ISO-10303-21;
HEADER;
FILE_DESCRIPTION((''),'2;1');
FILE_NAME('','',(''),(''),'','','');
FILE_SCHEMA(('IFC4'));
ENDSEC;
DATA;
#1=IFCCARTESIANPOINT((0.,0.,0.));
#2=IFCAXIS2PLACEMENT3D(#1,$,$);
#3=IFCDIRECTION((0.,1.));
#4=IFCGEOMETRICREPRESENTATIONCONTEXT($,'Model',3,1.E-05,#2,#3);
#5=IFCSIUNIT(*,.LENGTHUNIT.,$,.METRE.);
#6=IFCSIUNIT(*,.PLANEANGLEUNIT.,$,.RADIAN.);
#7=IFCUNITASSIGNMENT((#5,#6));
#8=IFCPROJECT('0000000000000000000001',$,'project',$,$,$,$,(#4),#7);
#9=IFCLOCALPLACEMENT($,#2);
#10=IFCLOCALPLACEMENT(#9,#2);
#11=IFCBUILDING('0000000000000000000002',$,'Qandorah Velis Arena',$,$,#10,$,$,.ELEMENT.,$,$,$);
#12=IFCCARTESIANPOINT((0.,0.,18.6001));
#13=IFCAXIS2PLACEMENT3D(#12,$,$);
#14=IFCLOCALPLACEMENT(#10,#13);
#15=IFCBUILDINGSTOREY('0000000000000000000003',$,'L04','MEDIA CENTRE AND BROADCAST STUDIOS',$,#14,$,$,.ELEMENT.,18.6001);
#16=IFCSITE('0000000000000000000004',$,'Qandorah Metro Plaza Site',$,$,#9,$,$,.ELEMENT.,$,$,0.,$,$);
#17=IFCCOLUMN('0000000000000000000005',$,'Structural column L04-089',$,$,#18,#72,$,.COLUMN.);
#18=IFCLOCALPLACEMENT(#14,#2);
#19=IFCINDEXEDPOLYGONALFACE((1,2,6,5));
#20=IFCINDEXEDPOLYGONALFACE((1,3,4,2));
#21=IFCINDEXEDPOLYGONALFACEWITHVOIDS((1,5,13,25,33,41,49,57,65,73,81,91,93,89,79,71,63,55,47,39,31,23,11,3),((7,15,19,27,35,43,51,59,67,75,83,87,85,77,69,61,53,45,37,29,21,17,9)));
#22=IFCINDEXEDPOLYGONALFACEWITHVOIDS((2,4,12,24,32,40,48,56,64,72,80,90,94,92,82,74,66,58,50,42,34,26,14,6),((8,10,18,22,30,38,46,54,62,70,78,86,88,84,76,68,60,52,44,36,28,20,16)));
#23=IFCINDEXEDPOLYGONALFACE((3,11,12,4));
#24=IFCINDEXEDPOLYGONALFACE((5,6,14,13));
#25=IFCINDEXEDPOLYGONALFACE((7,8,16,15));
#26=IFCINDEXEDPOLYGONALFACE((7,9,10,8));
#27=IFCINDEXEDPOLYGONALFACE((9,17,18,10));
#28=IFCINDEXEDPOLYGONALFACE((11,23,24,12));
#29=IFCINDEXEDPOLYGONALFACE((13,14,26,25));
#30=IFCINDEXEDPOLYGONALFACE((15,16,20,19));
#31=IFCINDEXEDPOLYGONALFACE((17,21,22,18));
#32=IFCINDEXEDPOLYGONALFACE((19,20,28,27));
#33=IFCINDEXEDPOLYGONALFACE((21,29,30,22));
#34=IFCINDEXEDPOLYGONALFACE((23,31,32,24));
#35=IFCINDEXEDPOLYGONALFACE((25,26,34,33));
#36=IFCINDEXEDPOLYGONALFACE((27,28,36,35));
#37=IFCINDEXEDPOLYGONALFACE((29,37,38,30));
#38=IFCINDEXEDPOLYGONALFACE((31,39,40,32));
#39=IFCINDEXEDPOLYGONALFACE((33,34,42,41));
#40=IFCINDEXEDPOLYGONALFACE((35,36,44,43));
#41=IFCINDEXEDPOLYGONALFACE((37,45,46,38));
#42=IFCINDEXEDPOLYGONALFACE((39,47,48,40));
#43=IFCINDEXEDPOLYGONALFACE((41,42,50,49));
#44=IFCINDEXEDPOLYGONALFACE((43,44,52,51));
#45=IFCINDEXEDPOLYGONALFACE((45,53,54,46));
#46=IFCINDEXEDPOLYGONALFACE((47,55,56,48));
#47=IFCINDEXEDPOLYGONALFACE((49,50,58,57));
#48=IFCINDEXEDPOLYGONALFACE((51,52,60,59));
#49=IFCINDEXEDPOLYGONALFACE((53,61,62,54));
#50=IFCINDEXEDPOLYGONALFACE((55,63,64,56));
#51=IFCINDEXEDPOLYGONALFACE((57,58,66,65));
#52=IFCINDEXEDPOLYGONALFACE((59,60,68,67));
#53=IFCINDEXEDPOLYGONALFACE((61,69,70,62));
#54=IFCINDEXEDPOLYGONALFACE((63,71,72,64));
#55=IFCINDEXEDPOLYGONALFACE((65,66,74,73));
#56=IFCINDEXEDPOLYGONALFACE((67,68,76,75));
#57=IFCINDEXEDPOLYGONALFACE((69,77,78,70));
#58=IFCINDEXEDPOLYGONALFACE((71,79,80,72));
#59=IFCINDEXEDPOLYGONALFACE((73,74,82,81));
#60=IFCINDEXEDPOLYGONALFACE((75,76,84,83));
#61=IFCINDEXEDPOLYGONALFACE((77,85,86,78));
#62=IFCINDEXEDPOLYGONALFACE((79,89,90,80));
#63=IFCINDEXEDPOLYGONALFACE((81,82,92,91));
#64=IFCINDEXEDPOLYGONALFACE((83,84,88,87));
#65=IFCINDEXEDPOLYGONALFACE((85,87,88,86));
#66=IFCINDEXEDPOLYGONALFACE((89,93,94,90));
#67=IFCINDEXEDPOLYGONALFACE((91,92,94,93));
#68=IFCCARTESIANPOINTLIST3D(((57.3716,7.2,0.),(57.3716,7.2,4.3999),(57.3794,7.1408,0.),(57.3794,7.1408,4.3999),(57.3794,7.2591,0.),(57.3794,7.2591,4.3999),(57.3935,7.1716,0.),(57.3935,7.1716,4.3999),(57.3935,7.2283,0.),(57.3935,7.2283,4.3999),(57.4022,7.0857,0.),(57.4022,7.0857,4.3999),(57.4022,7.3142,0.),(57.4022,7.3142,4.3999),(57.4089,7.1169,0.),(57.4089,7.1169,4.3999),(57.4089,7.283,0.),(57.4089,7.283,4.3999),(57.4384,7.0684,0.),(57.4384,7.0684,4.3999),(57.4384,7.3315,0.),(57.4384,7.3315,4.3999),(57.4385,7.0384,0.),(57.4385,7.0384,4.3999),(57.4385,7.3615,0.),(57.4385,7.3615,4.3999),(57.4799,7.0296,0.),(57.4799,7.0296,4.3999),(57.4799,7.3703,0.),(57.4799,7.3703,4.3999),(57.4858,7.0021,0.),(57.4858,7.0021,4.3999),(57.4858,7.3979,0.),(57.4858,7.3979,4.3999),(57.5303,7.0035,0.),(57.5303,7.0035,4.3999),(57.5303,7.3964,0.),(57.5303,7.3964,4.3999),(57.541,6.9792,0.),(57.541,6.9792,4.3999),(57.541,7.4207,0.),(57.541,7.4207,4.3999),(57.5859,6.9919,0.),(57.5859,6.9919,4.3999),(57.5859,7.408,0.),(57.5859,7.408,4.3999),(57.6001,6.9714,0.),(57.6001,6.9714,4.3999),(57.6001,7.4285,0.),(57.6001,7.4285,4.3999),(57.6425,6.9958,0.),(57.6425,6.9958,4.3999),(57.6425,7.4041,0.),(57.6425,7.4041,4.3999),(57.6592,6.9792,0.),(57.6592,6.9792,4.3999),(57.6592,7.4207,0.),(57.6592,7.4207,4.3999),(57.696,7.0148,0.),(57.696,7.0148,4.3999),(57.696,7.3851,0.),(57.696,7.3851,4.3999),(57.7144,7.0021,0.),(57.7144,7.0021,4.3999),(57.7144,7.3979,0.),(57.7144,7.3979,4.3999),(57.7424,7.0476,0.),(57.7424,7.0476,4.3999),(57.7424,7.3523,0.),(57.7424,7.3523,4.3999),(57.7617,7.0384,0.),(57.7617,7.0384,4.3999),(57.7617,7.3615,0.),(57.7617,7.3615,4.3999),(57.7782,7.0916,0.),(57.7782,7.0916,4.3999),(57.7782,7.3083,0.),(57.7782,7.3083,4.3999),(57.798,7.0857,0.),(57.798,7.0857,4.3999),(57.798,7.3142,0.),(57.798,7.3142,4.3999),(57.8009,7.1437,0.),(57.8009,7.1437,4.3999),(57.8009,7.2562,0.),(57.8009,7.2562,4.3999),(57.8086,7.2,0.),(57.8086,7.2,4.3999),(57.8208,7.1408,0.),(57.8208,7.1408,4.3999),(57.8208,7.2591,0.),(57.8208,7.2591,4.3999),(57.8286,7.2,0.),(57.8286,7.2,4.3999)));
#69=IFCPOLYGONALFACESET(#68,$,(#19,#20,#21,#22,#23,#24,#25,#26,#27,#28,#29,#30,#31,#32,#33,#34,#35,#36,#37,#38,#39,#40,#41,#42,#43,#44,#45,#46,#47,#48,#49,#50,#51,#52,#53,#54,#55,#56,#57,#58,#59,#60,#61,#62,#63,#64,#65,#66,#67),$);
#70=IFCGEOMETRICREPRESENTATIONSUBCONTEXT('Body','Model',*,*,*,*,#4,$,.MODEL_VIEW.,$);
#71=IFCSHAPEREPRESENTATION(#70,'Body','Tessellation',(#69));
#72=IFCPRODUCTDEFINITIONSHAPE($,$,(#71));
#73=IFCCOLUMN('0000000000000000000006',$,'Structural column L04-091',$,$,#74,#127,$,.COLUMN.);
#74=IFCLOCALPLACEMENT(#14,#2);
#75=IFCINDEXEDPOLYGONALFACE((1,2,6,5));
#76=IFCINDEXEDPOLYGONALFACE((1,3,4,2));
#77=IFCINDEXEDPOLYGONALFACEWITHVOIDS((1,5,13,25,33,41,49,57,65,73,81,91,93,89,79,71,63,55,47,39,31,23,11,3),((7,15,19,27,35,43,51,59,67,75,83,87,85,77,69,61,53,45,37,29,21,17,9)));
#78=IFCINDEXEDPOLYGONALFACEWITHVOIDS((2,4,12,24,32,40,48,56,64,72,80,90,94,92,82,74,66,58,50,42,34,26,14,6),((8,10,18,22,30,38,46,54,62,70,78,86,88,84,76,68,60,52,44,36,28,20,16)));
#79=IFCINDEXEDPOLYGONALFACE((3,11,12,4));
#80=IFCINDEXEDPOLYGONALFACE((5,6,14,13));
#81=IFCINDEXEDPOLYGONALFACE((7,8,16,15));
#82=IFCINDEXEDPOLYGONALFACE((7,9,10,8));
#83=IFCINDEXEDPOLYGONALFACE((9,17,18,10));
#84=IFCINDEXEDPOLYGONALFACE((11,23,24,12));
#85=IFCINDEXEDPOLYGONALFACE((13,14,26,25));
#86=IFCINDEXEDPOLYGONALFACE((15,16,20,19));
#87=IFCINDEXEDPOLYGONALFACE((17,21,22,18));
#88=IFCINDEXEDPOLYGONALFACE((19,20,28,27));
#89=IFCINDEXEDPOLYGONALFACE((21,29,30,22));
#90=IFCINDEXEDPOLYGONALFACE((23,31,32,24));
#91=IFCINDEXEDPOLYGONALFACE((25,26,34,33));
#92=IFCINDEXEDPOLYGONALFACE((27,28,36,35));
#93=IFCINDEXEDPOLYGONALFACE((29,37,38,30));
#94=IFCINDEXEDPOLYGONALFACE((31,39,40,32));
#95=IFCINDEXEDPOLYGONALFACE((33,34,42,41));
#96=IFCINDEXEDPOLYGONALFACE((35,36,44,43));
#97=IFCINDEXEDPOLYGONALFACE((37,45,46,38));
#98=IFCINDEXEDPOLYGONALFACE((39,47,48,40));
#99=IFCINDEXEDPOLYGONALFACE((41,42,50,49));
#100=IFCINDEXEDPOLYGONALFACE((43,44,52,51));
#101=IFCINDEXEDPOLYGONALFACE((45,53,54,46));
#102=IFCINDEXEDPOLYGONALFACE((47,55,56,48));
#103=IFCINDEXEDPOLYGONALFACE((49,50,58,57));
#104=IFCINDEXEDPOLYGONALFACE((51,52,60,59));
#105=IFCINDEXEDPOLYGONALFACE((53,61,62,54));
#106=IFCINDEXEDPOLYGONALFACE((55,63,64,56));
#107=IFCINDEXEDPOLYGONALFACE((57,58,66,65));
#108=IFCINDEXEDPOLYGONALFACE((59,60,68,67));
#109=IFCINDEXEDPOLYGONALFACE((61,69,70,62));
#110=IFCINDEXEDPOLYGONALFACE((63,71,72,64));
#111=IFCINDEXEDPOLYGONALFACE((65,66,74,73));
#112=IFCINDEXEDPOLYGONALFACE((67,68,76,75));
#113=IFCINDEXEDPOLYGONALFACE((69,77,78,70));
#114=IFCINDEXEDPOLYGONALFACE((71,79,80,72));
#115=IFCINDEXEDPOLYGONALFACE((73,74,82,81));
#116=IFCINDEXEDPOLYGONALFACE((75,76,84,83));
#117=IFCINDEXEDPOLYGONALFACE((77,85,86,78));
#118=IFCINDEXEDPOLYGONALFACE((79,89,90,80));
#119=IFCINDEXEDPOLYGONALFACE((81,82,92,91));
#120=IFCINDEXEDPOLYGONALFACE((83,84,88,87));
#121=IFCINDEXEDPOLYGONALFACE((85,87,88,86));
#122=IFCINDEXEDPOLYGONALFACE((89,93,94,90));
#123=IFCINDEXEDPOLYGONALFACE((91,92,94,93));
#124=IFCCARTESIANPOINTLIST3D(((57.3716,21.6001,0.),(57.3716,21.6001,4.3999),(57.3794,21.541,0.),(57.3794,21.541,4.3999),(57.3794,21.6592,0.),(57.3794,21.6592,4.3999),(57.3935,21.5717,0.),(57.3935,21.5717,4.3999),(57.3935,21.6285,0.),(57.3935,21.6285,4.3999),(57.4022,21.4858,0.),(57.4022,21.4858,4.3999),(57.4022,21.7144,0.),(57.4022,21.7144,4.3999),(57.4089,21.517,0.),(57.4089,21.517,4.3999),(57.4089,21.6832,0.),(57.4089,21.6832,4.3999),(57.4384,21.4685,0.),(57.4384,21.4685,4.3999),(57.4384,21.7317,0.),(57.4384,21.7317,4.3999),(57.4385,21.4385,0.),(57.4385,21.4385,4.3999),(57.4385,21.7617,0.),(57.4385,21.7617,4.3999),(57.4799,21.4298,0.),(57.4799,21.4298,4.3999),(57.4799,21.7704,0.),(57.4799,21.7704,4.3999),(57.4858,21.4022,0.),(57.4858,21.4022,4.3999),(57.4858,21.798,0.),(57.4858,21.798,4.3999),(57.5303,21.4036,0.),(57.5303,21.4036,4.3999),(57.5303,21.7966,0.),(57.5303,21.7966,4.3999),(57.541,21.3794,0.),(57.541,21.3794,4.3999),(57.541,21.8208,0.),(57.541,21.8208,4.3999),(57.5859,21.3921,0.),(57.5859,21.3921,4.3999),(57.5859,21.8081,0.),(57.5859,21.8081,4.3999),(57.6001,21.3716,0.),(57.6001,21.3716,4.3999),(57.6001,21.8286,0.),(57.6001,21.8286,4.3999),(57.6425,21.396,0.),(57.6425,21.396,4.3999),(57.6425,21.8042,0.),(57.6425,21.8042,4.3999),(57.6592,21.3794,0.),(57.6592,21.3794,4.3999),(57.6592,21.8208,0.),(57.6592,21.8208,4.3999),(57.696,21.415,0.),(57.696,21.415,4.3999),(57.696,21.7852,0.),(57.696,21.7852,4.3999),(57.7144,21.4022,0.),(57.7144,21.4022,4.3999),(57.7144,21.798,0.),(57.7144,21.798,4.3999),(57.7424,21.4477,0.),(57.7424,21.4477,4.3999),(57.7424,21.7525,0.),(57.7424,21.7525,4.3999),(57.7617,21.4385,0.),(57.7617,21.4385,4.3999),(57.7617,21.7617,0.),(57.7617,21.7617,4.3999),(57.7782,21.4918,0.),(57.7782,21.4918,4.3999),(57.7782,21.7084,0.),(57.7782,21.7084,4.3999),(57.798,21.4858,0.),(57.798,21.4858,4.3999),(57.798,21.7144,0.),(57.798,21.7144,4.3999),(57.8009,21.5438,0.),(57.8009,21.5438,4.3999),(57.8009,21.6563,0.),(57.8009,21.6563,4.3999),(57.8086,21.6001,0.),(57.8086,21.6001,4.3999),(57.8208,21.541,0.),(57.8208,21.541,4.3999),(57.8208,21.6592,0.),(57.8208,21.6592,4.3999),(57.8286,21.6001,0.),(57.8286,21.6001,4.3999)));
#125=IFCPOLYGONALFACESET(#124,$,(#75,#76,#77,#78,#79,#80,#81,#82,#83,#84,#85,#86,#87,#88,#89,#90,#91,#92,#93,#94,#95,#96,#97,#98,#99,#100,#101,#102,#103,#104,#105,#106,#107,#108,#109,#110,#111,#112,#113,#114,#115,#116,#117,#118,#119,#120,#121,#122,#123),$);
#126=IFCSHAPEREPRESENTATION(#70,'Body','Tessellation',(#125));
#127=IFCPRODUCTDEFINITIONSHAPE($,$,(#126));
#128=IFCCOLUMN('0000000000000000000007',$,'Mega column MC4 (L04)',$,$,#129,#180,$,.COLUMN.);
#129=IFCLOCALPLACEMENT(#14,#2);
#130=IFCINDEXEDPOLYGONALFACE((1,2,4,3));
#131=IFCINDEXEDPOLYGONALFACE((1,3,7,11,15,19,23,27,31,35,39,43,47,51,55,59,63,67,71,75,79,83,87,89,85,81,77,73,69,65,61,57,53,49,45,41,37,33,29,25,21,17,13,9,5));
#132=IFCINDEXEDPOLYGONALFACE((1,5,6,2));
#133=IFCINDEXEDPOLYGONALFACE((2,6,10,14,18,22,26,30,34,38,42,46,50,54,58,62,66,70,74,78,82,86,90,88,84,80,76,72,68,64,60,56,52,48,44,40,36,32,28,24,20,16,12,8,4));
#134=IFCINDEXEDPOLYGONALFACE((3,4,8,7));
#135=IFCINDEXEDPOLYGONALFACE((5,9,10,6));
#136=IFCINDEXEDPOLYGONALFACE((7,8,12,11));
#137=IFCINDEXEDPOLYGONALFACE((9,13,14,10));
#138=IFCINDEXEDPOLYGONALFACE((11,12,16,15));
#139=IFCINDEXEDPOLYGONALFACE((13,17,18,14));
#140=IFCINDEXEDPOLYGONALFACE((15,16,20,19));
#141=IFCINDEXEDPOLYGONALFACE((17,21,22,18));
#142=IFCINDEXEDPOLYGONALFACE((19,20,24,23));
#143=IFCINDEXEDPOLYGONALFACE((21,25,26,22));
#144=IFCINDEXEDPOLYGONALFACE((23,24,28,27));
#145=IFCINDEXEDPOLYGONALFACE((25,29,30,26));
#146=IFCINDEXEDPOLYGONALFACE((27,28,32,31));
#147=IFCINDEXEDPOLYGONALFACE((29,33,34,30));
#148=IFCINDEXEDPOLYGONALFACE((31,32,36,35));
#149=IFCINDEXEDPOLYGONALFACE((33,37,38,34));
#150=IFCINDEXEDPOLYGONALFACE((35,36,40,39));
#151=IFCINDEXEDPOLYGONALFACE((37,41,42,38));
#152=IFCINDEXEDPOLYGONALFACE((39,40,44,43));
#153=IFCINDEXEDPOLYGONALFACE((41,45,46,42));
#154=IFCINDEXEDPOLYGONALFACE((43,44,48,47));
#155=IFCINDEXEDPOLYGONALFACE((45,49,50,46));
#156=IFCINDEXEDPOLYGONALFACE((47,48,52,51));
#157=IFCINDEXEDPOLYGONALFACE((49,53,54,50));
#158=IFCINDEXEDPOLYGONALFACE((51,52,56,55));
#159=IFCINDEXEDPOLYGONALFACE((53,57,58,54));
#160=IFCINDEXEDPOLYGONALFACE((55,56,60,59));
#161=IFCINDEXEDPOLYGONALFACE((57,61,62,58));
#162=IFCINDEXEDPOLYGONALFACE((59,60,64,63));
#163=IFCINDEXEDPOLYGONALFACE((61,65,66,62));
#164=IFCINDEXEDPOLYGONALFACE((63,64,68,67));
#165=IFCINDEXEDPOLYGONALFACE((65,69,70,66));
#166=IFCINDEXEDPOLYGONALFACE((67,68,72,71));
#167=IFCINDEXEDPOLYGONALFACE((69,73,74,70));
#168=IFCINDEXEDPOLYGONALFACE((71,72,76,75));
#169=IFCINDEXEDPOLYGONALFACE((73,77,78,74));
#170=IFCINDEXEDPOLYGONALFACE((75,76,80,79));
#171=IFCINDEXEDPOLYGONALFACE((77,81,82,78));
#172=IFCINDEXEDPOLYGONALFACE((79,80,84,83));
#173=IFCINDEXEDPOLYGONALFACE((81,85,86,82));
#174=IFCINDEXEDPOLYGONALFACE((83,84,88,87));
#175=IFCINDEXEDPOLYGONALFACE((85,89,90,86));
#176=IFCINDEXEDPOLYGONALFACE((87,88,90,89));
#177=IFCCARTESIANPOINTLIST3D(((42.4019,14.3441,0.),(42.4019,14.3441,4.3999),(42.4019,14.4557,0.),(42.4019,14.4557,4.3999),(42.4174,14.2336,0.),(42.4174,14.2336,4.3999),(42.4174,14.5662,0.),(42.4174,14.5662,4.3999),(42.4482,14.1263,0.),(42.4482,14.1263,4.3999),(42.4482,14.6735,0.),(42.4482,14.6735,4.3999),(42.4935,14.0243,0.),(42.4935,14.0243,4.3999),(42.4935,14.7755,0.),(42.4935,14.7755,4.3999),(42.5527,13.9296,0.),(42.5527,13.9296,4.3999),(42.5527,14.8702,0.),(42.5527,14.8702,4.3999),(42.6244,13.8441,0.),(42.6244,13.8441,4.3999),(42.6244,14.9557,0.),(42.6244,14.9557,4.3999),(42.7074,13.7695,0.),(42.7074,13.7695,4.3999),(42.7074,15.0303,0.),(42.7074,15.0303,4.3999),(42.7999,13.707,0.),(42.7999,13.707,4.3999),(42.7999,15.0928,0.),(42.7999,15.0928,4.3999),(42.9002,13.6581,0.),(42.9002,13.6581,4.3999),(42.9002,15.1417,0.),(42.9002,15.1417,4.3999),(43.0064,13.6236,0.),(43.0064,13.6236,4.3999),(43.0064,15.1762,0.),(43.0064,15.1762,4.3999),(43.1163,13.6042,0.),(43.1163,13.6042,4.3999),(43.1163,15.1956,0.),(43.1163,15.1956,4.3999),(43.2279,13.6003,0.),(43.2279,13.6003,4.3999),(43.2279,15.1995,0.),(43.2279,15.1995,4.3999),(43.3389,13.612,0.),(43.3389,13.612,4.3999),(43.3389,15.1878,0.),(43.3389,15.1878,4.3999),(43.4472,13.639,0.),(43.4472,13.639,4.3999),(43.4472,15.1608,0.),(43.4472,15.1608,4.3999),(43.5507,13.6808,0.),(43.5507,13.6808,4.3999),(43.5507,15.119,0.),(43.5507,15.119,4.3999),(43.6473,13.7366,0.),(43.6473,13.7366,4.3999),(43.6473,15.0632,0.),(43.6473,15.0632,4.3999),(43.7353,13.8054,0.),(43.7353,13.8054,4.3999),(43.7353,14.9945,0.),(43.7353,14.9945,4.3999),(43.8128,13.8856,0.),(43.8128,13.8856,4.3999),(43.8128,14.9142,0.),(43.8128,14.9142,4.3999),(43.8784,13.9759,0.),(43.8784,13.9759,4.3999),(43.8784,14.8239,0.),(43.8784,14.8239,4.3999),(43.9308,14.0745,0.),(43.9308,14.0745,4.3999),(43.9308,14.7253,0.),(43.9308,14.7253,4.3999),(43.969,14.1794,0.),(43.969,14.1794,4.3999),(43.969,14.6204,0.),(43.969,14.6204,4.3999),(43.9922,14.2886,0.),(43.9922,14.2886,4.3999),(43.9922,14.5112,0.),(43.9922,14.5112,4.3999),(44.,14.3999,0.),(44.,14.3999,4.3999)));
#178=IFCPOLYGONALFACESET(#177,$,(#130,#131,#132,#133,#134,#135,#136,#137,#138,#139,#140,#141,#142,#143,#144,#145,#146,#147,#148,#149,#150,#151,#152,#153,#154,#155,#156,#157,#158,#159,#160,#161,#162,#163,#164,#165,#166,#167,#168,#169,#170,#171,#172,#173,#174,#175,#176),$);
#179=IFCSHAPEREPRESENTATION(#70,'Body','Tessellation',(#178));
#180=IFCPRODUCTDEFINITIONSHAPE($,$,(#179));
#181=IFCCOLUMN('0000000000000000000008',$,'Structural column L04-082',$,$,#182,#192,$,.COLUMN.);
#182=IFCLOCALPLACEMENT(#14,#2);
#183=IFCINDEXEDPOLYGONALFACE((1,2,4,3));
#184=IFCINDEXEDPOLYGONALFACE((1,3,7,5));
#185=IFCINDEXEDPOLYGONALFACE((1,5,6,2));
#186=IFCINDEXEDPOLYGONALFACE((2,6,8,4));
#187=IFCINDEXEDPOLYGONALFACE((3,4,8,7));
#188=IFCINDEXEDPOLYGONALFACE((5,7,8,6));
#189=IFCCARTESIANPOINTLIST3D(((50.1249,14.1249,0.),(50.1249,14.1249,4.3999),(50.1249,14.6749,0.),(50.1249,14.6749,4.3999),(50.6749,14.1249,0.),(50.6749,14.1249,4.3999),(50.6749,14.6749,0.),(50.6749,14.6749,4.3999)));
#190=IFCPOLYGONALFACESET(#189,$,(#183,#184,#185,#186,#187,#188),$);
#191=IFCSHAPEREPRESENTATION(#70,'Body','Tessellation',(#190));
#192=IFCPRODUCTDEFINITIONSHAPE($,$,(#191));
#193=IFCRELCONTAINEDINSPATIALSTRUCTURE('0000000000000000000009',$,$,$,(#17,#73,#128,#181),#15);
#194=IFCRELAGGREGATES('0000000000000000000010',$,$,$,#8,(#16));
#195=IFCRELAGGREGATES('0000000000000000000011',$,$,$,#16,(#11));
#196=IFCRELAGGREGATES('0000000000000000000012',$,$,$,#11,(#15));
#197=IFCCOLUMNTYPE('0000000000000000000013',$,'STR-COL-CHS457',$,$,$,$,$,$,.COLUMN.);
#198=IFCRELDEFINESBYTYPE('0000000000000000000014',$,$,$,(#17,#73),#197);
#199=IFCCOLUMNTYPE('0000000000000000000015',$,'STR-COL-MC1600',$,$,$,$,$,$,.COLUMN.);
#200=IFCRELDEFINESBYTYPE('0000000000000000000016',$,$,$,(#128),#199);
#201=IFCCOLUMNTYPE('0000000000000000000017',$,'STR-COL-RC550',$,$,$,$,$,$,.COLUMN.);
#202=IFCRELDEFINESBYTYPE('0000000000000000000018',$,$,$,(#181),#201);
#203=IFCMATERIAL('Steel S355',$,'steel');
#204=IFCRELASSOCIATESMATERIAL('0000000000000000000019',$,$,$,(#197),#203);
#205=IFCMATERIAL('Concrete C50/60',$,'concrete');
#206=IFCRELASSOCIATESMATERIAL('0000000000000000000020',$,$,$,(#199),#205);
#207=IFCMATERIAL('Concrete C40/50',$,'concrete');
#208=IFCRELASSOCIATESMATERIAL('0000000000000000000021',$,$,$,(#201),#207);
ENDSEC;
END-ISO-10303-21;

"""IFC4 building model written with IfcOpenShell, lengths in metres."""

from ifc_helpers import new_model, si_unit, direction, frame, origin, origin_2d, place, context, subcontext, project, spatial, rectangle, circle, hollow_circle, extrude, material, material_profile, profile_set, type_object, element, save


model = new_model("IFC4")

# Units and contexts
model_context = context("Model", 3, precision=1e-05, world=origin(), true_north=direction((0.0, 1.0)))
body_context = subcontext(model_context, "Body", "Model", "MODEL_VIEW")
ifc_project = project(units=[si_unit("LENGTHUNIT", "METRE"), si_unit("PLANEANGLEUNIT", "RADIAN")], contexts=[model_context])

# Site, building, storey
site_placement = place(None, origin())
site = spatial("IfcSite", under=ifc_project, at=site_placement, Name="Qandorah Metro Plaza Site", CompositionType="ELEMENT", RefElevation=0.0)
building_placement = place(site_placement, origin())
building = spatial("IfcBuilding", under=site, at=building_placement, Name="Qandorah Velis Arena", CompositionType="ELEMENT")
storey_placement = place(building_placement, frame((0.0, 0.0, 18.6001)))
storey = spatial("IfcBuildingStorey", under=building, at=storey_placement, Name="L04", Description="MEDIA CENTRE AND BROADCAST STUDIOS", CompositionType="ELEMENT", Elevation=18.6001)

# Columns
ifc_material_1 = material(Name="Steel S355", Category="steel")
ifc_material_profile_1 = material_profile(ifc_material_1, hollow_circle(Radius=0.2285, WallThickness=0.02, at=origin_2d()), Name="CHS 457x20")
ifc_profile_set_1 = profile_set([ifc_material_profile_1], Name="Steel S355")
column_type_1 = type_object("IfcColumnType", Name="STR-COL-CHS457", PredefinedType="COLUMN", material=ifc_profile_set_1)
for number, where, z_axis, x_axis, name in (
    (1, (57.6001, 7.2, 0.0), (0.0, 0.0, 1.0), (1.0, 0.0, 0.0), "Structural column L04-089"),
    (2, (57.6001, 21.6001, 0.0), (0.0, 0.0, 1.0), (1.0, 0.0, 0.0), "Structural column L04-091"),
):
    element("IfcColumn", number, at=place(storey_placement, frame(where, z_axis=z_axis, x_axis=x_axis)), inside=storey, type_object=column_type_1, Name=name, PredefinedType="COLUMN", context=body_context, shape_type="SweptSolid", body=[
        extrude(hollow_circle(Radius=0.2285, WallThickness=0.02, at=origin_2d()), origin(), (0.0, 0.0, 1.0), 4.3999),
    ])
ifc_material_2 = material(Name="Concrete C50/60", Category="concrete")
ifc_material_profile_2 = material_profile(ifc_material_2, circle(Radius=0.8, at=origin_2d()), Name="MC D1600")
ifc_profile_set_2 = profile_set([ifc_material_profile_2], Name="Concrete C50/60")
column_type_2 = type_object("IfcColumnType", Name="STR-COL-MC1600", PredefinedType="COLUMN", material=ifc_profile_set_2)
column_1_placement = place(storey_placement, frame((43.2, 14.3999, 0.0), z_axis=(0.0, 0.0, 1.0), x_axis=(1.0, 0.0, 0.0)))
element("IfcColumn", 3, at=column_1_placement, inside=storey, type_object=column_type_2, Name="Mega column MC4 (L04)", PredefinedType="COLUMN", context=body_context, shape_type="SweptSolid", body=[
    extrude(circle(Radius=0.8, at=origin_2d()), origin(), (0.0, 0.0, 1.0), 4.3999),
])
ifc_material_3 = material(Name="Concrete C40/50", Category="concrete")
ifc_material_profile_3 = material_profile(ifc_material_3, rectangle(XDim=0.55, YDim=0.55, at=origin_2d()), Name="RC COL 550x550")
ifc_profile_set_3 = profile_set([ifc_material_profile_3], Name="Concrete C40/50")
column_type_3 = type_object("IfcColumnType", Name="STR-COL-RC550", PredefinedType="COLUMN", material=ifc_profile_set_3)
column_2_placement = place(storey_placement, frame((50.3999, 14.3999, 0.0), z_axis=(0.0, 0.0, 1.0), x_axis=(1.0, 0.0, 0.0)))
element("IfcColumn", 4, at=column_2_placement, inside=storey, type_object=column_type_3, Name="Structural column L04-082", PredefinedType="COLUMN", context=body_context, shape_type="SweptSolid", body=[
    extrude(rectangle(XDim=0.55, YDim=0.55, at=origin_2d()), origin(), (0.0, 0.0, 1.0), 4.3999),
])

save(model, "model.ifc")
